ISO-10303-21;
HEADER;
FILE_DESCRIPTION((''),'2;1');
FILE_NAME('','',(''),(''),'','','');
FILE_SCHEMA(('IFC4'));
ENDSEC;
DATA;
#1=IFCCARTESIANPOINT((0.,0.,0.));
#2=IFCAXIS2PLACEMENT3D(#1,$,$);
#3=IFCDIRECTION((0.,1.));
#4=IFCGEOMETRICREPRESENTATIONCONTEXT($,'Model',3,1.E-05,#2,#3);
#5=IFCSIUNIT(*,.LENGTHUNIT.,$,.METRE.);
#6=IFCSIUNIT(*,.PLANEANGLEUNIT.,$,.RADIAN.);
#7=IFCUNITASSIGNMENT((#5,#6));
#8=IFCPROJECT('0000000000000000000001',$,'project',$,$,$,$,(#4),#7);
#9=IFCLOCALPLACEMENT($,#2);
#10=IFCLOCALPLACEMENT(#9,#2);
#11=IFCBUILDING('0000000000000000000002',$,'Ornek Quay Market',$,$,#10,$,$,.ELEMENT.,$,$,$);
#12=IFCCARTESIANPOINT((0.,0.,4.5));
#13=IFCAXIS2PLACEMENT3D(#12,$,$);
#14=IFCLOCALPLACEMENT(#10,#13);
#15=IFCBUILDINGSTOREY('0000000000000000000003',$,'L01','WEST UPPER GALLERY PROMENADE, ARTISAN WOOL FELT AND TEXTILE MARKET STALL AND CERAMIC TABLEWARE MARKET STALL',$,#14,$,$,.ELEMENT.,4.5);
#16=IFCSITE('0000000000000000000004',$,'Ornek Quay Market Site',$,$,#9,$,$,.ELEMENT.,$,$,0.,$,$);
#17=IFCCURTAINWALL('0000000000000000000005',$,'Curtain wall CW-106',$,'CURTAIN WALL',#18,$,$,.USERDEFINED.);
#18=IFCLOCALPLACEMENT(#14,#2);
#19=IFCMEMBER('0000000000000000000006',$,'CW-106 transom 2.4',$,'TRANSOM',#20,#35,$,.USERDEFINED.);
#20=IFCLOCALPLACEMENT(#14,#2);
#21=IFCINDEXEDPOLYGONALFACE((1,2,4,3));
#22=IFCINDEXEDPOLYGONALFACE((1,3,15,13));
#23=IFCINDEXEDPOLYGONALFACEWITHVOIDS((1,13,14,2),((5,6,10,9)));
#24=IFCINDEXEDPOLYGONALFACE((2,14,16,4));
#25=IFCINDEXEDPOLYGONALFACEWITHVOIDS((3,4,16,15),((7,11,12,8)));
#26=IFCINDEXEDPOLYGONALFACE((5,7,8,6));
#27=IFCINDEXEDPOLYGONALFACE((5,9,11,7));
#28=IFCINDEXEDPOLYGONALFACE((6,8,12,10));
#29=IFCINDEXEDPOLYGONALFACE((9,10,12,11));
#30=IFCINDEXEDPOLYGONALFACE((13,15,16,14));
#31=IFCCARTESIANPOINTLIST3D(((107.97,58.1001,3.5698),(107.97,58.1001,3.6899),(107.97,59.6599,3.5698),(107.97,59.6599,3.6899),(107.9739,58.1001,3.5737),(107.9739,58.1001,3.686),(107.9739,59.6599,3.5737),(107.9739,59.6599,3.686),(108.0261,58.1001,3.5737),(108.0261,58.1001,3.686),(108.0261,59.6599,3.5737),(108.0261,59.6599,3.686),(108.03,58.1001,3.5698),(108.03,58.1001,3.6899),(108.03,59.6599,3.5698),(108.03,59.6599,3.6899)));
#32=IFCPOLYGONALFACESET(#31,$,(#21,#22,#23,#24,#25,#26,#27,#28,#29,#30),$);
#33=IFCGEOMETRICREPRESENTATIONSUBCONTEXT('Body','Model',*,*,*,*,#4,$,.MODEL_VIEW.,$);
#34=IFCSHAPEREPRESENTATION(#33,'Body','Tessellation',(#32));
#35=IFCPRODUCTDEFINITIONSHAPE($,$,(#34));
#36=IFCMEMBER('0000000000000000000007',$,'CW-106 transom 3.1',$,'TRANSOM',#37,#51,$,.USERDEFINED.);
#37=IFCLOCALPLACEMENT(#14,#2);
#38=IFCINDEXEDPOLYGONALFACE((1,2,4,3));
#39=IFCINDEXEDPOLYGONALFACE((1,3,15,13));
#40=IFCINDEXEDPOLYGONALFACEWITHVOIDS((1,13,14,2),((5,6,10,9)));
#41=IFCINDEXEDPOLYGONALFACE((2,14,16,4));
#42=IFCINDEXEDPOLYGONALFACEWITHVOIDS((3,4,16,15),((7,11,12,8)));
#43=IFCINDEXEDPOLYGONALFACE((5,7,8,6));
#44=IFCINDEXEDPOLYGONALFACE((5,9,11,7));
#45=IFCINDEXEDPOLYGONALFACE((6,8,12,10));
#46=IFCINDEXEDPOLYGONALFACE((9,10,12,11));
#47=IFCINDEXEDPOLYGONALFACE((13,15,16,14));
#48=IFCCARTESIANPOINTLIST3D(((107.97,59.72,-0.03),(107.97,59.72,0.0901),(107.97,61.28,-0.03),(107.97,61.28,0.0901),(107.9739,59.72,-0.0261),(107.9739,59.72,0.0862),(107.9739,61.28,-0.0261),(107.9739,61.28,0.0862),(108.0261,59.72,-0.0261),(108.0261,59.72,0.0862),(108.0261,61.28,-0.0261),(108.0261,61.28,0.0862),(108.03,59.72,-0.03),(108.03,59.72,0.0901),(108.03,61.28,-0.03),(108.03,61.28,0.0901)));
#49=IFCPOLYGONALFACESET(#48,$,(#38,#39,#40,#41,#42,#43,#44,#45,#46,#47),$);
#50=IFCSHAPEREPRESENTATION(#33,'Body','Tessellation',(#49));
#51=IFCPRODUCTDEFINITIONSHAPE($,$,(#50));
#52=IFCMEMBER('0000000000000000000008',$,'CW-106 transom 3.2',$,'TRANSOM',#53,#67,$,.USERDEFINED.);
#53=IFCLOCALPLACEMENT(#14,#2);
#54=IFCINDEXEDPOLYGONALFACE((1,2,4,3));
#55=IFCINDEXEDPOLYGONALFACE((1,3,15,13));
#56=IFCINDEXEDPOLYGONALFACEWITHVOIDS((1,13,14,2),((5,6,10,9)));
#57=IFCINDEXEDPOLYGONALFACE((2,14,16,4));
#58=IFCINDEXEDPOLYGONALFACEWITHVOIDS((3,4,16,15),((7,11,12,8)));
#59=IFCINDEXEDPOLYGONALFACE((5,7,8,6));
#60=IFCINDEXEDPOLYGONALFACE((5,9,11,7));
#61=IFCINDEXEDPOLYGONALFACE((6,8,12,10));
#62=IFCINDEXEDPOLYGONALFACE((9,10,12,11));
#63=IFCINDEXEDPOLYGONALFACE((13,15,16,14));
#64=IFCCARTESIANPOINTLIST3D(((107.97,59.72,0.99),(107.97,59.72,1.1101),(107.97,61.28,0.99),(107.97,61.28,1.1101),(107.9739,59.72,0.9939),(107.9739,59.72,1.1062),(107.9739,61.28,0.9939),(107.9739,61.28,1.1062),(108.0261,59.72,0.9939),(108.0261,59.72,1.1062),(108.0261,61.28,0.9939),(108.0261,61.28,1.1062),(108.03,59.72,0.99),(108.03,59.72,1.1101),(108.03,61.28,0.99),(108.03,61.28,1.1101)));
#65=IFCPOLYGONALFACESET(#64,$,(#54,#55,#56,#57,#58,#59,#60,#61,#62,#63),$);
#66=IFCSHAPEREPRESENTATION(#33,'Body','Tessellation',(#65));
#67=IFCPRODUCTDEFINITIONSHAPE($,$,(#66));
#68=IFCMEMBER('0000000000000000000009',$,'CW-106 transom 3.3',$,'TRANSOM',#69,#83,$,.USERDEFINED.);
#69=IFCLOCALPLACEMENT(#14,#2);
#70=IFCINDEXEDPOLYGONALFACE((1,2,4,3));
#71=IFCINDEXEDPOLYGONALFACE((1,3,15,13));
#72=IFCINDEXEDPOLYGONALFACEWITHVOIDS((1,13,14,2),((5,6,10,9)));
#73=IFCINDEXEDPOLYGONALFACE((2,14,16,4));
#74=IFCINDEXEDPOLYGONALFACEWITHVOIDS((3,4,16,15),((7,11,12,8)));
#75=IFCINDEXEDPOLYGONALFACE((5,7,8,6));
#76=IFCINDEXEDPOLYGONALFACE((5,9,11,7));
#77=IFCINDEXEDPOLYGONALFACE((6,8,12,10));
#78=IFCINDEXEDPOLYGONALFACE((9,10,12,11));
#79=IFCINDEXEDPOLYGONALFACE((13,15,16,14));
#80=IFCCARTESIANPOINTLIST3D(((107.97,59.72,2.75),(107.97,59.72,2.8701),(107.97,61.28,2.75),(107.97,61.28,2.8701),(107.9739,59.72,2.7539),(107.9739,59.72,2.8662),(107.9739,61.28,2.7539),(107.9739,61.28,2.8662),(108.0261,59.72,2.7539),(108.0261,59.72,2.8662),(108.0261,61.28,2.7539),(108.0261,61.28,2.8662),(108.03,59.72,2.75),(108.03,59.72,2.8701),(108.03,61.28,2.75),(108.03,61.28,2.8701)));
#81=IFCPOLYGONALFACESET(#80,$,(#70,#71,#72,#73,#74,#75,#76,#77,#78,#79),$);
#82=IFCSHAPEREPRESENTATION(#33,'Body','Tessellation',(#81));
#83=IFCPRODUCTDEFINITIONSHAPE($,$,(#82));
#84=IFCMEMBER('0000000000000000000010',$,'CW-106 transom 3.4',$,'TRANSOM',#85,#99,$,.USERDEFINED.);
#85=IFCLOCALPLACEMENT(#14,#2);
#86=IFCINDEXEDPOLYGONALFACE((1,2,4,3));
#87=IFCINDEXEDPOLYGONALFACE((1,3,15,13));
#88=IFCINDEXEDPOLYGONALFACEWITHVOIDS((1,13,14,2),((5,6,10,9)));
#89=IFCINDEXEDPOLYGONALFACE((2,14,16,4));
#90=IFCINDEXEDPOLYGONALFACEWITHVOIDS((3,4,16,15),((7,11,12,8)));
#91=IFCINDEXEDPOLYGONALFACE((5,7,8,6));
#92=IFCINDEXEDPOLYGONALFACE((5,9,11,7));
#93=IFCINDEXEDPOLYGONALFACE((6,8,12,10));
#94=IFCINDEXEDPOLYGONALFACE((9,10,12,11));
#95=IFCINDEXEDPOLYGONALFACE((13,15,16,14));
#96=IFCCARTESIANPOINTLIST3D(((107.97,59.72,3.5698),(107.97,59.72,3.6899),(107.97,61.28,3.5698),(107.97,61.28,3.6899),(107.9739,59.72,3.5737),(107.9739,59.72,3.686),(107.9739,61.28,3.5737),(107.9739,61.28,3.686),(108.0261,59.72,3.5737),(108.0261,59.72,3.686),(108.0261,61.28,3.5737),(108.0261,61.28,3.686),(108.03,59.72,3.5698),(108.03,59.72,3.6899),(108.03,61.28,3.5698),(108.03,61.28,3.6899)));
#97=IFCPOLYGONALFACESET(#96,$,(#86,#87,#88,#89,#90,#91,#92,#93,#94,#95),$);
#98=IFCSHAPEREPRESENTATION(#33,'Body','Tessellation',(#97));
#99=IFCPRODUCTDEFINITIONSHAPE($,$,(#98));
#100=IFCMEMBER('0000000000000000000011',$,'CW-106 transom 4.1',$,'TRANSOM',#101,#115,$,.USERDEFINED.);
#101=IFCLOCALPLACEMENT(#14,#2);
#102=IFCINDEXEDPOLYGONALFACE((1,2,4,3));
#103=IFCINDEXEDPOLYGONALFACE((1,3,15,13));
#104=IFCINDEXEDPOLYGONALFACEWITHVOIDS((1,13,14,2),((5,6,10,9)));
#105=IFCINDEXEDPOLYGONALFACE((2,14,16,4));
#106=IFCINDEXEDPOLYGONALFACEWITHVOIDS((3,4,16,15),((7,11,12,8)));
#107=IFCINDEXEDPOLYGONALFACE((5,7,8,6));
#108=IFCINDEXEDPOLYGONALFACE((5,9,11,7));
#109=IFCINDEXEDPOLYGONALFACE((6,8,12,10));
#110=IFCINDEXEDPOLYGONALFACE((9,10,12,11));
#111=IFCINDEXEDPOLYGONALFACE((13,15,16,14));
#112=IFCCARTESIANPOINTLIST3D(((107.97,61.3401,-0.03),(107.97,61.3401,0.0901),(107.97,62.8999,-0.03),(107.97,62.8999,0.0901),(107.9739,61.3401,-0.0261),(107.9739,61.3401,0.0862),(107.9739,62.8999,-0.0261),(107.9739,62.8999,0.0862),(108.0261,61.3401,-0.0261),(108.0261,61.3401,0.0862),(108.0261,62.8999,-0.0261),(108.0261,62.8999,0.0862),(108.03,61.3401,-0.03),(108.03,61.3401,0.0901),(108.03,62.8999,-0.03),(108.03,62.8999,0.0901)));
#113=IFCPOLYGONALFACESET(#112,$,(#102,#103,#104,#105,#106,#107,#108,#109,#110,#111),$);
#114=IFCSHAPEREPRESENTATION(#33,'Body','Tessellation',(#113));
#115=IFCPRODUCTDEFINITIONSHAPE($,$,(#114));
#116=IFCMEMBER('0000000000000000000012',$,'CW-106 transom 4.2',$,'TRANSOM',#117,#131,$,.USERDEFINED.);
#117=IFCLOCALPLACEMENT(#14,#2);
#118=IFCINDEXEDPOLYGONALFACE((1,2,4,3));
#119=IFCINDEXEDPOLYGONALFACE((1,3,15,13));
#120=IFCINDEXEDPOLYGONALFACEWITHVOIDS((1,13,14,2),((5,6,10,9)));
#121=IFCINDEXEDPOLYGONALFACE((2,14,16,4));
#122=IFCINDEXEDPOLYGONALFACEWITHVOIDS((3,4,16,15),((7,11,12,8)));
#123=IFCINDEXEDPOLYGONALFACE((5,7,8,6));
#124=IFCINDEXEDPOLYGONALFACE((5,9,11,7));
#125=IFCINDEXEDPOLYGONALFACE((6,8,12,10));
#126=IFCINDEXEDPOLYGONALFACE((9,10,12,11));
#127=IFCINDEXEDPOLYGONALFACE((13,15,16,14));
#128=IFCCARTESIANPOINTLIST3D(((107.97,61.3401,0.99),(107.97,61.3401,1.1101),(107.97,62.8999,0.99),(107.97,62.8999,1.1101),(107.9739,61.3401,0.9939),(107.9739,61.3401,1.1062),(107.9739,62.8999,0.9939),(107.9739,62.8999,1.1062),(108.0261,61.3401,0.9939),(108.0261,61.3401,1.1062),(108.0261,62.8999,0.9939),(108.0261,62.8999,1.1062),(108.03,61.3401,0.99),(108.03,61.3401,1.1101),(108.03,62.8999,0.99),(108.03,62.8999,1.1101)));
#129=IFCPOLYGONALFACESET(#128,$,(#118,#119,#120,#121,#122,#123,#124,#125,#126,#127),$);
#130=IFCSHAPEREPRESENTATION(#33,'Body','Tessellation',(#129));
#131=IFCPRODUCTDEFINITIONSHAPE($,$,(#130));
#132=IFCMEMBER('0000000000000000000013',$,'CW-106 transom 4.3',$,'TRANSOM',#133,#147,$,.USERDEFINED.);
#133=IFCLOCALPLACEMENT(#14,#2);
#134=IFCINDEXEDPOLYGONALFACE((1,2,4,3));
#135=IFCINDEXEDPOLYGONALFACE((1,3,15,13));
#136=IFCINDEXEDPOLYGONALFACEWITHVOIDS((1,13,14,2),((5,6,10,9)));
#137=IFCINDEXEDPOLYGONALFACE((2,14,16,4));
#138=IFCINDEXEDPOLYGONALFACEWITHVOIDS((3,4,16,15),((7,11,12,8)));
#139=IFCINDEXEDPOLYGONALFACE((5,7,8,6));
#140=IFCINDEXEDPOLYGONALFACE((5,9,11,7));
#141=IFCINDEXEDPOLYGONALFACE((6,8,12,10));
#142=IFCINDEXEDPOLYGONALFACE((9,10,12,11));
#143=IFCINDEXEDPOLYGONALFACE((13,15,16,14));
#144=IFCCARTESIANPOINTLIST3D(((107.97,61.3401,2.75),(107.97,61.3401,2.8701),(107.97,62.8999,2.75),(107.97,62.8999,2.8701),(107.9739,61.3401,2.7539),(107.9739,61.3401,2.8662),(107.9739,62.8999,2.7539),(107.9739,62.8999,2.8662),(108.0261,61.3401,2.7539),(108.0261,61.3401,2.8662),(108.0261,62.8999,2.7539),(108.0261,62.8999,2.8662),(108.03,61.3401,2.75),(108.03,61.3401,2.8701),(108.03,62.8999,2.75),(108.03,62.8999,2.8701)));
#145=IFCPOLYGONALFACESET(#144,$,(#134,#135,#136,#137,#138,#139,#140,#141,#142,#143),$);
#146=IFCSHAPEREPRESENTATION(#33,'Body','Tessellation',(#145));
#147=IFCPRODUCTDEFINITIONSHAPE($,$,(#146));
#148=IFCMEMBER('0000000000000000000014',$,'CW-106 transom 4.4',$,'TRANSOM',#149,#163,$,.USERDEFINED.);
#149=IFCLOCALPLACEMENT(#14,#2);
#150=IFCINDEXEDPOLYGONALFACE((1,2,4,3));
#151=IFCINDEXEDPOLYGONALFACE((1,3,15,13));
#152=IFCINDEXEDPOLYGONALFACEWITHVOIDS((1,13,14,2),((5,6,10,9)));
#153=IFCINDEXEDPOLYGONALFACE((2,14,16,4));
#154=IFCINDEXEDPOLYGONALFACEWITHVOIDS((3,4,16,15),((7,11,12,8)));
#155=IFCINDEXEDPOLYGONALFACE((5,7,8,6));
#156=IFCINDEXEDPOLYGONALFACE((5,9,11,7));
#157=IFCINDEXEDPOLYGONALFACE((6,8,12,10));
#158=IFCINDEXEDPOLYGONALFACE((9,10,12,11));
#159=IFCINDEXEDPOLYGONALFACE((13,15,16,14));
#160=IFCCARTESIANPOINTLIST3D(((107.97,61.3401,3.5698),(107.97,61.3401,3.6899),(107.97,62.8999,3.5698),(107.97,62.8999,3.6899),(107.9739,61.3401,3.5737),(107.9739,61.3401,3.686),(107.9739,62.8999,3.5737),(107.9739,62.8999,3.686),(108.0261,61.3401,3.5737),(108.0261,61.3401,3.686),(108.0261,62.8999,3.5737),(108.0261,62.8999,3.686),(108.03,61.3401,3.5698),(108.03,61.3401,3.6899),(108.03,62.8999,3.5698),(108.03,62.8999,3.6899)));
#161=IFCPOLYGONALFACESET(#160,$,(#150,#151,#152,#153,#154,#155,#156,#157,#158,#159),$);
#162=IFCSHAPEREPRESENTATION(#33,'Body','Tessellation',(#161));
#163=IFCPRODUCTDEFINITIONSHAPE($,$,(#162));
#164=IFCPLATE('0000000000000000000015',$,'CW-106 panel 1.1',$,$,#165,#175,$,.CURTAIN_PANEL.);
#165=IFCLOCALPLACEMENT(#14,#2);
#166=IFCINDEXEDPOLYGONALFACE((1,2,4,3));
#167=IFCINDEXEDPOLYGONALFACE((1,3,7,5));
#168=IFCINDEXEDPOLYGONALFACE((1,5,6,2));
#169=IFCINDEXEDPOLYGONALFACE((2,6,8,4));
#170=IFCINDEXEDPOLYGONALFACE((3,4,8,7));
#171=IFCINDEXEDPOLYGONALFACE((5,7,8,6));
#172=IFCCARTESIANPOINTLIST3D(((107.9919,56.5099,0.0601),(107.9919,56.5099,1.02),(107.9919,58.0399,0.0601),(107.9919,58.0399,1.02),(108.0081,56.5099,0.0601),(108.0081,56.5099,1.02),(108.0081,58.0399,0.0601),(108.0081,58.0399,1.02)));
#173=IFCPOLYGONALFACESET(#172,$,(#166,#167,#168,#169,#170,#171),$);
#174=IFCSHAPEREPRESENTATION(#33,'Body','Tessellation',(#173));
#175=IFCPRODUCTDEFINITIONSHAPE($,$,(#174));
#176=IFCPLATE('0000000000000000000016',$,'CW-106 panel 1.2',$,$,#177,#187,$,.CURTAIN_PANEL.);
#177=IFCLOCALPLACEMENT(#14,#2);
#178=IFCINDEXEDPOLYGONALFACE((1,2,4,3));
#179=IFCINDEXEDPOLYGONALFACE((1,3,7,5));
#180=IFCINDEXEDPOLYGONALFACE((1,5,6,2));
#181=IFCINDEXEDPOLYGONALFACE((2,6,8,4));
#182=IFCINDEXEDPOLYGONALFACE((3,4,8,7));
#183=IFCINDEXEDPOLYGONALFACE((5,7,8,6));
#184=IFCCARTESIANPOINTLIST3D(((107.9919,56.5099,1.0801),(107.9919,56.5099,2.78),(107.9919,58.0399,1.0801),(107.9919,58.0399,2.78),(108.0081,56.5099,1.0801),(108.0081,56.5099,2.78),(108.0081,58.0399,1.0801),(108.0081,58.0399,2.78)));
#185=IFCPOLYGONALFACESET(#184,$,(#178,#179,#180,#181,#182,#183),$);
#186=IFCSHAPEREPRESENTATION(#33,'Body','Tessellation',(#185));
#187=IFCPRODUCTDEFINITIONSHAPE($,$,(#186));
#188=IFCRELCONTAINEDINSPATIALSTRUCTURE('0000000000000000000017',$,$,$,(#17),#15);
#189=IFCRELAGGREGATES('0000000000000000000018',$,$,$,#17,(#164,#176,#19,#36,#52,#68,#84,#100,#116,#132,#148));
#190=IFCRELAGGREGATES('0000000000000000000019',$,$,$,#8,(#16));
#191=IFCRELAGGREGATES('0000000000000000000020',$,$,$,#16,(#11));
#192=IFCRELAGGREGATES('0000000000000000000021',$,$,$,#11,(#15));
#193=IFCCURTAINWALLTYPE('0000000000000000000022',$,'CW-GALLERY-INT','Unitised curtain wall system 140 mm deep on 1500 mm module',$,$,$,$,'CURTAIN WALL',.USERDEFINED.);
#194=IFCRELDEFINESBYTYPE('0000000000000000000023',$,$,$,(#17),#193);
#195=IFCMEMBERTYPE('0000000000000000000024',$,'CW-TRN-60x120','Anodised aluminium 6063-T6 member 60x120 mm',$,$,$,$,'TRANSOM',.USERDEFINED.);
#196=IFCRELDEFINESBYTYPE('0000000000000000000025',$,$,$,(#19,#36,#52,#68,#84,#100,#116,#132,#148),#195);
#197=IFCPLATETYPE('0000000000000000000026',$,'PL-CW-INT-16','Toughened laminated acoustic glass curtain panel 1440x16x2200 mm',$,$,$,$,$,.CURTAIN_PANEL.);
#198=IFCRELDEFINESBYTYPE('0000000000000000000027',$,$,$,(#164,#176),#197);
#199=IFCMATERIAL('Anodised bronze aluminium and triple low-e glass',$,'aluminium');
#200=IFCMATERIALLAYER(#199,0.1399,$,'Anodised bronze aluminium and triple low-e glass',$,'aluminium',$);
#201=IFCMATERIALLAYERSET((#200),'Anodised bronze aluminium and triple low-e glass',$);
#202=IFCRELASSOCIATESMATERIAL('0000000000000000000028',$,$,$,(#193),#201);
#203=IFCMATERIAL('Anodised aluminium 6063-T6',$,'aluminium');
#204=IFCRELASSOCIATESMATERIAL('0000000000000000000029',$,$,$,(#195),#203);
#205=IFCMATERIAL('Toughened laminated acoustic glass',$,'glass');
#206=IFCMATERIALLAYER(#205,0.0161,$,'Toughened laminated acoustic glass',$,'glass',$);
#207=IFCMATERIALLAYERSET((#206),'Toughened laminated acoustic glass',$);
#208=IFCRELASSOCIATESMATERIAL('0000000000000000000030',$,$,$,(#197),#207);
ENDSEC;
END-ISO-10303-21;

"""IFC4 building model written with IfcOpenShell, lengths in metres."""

from ifc_helpers import new_model, si_unit, direction, frame, origin, origin_2d, place, context, subcontext, project, spatial, rectangle, hollow_rectangle, extrude, material, layer, layer_set, material_profile, profile_set, type_object, element, aggregate, save


model = new_model("IFC4")

# Units and contexts
model_context = context("Model", 3, precision=1e-05, world=origin(), true_north=direction((0.0, 1.0)))
body_context = subcontext(model_context, "Body", "Model", "MODEL_VIEW")
ifc_project = project(units=[si_unit("LENGTHUNIT", "METRE"), si_unit("PLANEANGLEUNIT", "RADIAN")], contexts=[model_context])

# Site, building, storey
site_placement = place(None, origin())
site = spatial("IfcSite", under=ifc_project, at=site_placement, Name="Ornek Quay Market Site", CompositionType="ELEMENT", RefElevation=0.0)
building_placement = place(site_placement, origin())
building = spatial("IfcBuilding", under=site, at=building_placement, Name="Ornek Quay Market", CompositionType="ELEMENT")
storey_placement = place(building_placement, frame((0.0, 0.0, 4.5)))
storey = spatial("IfcBuildingStorey", under=building, at=storey_placement, Name="L01", Description="WEST UPPER GALLERY PROMENADE, ARTISAN WOOL FELT AND TEXTILE MARKET STALL AND CERAMIC TABLEWARE MARKET STALL", CompositionType="ELEMENT", Elevation=4.5)

# Curtain wall, members, plates
ifc_material_1 = material(Name="Anodised bronze aluminium and triple low-e glass", Category="aluminium")
ifc_layer_1 = layer(ifc_material_1, 0.1399, Name="Anodised bronze aluminium and triple low-e glass", Category="aluminium")
ifc_layer_set_1 = layer_set([ifc_layer_1], Name="Anodised bronze aluminium and triple low-e glass")
curtain_wall_type = type_object("IfcCurtainWallType", Name="CW-GALLERY-INT", Description="Unitised curtain wall system 140 mm deep on 1500 mm module", ElementType="CURTAIN WALL", PredefinedType="USERDEFINED", material=ifc_layer_set_1)
curtain_wall_placement = place(storey_placement, origin())
curtain_wall = element("IfcCurtainWall", 1, at=curtain_wall_placement, inside=storey, type_object=curtain_wall_type, Name="Curtain wall CW-106", ObjectType="CURTAIN WALL", PredefinedType="USERDEFINED")
ifc_material_2 = material(Name="Anodised aluminium 6063-T6", Category="aluminium")
ifc_material_profile_1 = material_profile(ifc_material_2, hollow_rectangle(XDim=0.0601, YDim=0.1201, WallThickness=0.0039, at=origin_2d()), Name="CW-TRN-60x120", Category="aluminium")
ifc_profile_set_1 = profile_set([ifc_material_profile_1], Name="Anodised aluminium 6063-T6")
member_type_1 = type_object("IfcMemberType", Name="CW-TRN-60x120", Description="Anodised aluminium 6063-T6 member 60x120 mm", ElementType="TRANSOM", PredefinedType="USERDEFINED", material=ifc_profile_set_1)
member_1_placement = place(storey_placement, frame((108.0, 58.1001, 3.6299), z_axis=(0.0, 1.0, 0.0), x_axis=(-1.0, 0.0, 0.0)))
member_1 = element("IfcMember", 2, at=member_1_placement, type_object=member_type_1, Name="CW-106 transom 2.4", ObjectType="TRANSOM", PredefinedType="USERDEFINED", context=body_context, shape_type="SweptSolid", body=[
    extrude(hollow_rectangle(XDim=0.0601, YDim=0.1201, WallThickness=0.0039, at=origin_2d()), origin(), (0.0, 0.0, 1.0), 1.5598),
])
member_2_placement = place(storey_placement, frame((108.0, 59.72, 0.03), z_axis=(0.0, 1.0, 0.0), x_axis=(-1.0, 0.0, 0.0)))
member_2 = element("IfcMember", 3, at=member_2_placement, type_object=member_type_1, Name="CW-106 transom 3.1", ObjectType="TRANSOM", PredefinedType="USERDEFINED", context=body_context, shape_type="SweptSolid", body=[
    extrude(hollow_rectangle(XDim=0.0601, YDim=0.1201, WallThickness=0.0039, at=origin_2d()), origin(), (0.0, 0.0, 1.0), 1.5601),
])
member_3_placement = place(storey_placement, frame((108.0, 59.72, 1.05), z_axis=(0.0, 1.0, 0.0), x_axis=(-1.0, 0.0, 0.0)))
member_3 = element("IfcMember", 4, at=member_3_placement, type_object=member_type_1, Name="CW-106 transom 3.2", ObjectType="TRANSOM", PredefinedType="USERDEFINED", context=body_context, shape_type="SweptSolid", body=[
    extrude(hollow_rectangle(XDim=0.0601, YDim=0.1201, WallThickness=0.0039, at=origin_2d()), origin(), (0.0, 0.0, 1.0), 1.5601),
])
member_4_placement = place(storey_placement, frame((108.0, 59.72, 2.8101), z_axis=(0.0, 1.0, 0.0), x_axis=(-1.0, 0.0, 0.0)))
member_4 = element("IfcMember", 5, at=member_4_placement, type_object=member_type_1, Name="CW-106 transom 3.3", ObjectType="TRANSOM", PredefinedType="USERDEFINED", context=body_context, shape_type="SweptSolid", body=[
    extrude(hollow_rectangle(XDim=0.0601, YDim=0.1201, WallThickness=0.0039, at=origin_2d()), origin(), (0.0, 0.0, 1.0), 1.5601),
])
member_5_placement = place(storey_placement, frame((108.0, 59.72, 3.6299), z_axis=(0.0, 1.0, 0.0), x_axis=(-1.0, 0.0, 0.0)))
member_5 = element("IfcMember", 6, at=member_5_placement, type_object=member_type_1, Name="CW-106 transom 3.4", ObjectType="TRANSOM", PredefinedType="USERDEFINED", context=body_context, shape_type="SweptSolid", body=[
    extrude(hollow_rectangle(XDim=0.0601, YDim=0.1201, WallThickness=0.0039, at=origin_2d()), origin(), (0.0, 0.0, 1.0), 1.5601),
])
member_6_placement = place(storey_placement, frame((108.0, 61.3401, 0.03), z_axis=(0.0, 1.0, 0.0), x_axis=(-1.0, 0.0, 0.0)))
member_6 = element("IfcMember", 7, at=member_6_placement, type_object=member_type_1, Name="CW-106 transom 4.1", ObjectType="TRANSOM", PredefinedType="USERDEFINED", context=body_context, shape_type="SweptSolid", body=[
    extrude(hollow_rectangle(XDim=0.0601, YDim=0.1201, WallThickness=0.0039, at=origin_2d()), origin(), (0.0, 0.0, 1.0), 1.5598),
])
member_7_placement = place(storey_placement, frame((108.0, 61.3401, 1.05), z_axis=(0.0, 1.0, 0.0), x_axis=(-1.0, 0.0, 0.0)))
member_7 = element("IfcMember", 8, at=member_7_placement, type_object=member_type_1, Name="CW-106 transom 4.2", ObjectType="TRANSOM", PredefinedType="USERDEFINED", context=body_context, shape_type="SweptSolid", body=[
    extrude(hollow_rectangle(XDim=0.0601, YDim=0.1201, WallThickness=0.0039, at=origin_2d()), origin(), (0.0, 0.0, 1.0), 1.5598),
])
member_8_placement = place(storey_placement, frame((108.0, 61.3401, 2.8101), z_axis=(0.0, 1.0, 0.0), x_axis=(-1.0, 0.0, 0.0)))
member_8 = element("IfcMember", 9, at=member_8_placement, type_object=member_type_1, Name="CW-106 transom 4.3", ObjectType="TRANSOM", PredefinedType="USERDEFINED", context=body_context, shape_type="SweptSolid", body=[
    extrude(hollow_rectangle(XDim=0.0601, YDim=0.1201, WallThickness=0.0039, at=origin_2d()), origin(), (0.0, 0.0, 1.0), 1.5598),
])
member_9_placement = place(storey_placement, frame((108.0, 61.3401, 3.6299), z_axis=(0.0, 1.0, 0.0), x_axis=(-1.0, 0.0, 0.0)))
member_9 = element("IfcMember", 10, at=member_9_placement, type_object=member_type_1, Name="CW-106 transom 4.4", ObjectType="TRANSOM", PredefinedType="USERDEFINED", context=body_context, shape_type="SweptSolid", body=[
    extrude(hollow_rectangle(XDim=0.0601, YDim=0.1201, WallThickness=0.0039, at=origin_2d()), origin(), (0.0, 0.0, 1.0), 1.5598),
])
ifc_material_3 = material(Name="Toughened laminated acoustic glass", Category="glass")
ifc_layer_2 = layer(ifc_material_3, 0.0161, Name="Toughened laminated acoustic glass", Category="glass")
ifc_layer_set_2 = layer_set([ifc_layer_2], Name="Toughened laminated acoustic glass")
plate_type = type_object("IfcPlateType", Name="PL-CW-INT-16", Description="Toughened laminated acoustic glass curtain panel 1440x16x2200 mm", PredefinedType="CURTAIN_PANEL", material=ifc_layer_set_2)
plate_1_placement = place(storey_placement, frame((108.0, 57.2749, 0.0601), z_axis=(0.0, 0.0, 1.0), x_axis=(0.0, 1.0, 0.0)))
plate_1 = element("IfcPlate", 11, at=plate_1_placement, type_object=plate_type, Name="CW-106 panel 1.1", PredefinedType="CURTAIN_PANEL", context=body_context, shape_type="SweptSolid", body=[
    extrude(rectangle(XDim=1.53, YDim=0.0161, at=origin_2d()), origin(), (0.0, 0.0, 1.0), 0.96),
])
plate_2_placement = place(storey_placement, frame((108.0, 57.2749, 1.0801), z_axis=(0.0, 0.0, 1.0), x_axis=(0.0, 1.0, 0.0)))
plate_2 = element("IfcPlate", 12, at=plate_2_placement, type_object=plate_type, Name="CW-106 panel 1.2", PredefinedType="CURTAIN_PANEL", context=body_context, shape_type="SweptSolid", body=[
    extrude(rectangle(XDim=1.53, YDim=0.0161, at=origin_2d()), origin(), (0.0, 0.0, 1.0), 1.7),
])
aggregate(curtain_wall, [plate_1, plate_2, member_1, member_2, member_3, member_4, member_5, member_6, member_7, member_8, member_9])

save(model, "model.ifc")
